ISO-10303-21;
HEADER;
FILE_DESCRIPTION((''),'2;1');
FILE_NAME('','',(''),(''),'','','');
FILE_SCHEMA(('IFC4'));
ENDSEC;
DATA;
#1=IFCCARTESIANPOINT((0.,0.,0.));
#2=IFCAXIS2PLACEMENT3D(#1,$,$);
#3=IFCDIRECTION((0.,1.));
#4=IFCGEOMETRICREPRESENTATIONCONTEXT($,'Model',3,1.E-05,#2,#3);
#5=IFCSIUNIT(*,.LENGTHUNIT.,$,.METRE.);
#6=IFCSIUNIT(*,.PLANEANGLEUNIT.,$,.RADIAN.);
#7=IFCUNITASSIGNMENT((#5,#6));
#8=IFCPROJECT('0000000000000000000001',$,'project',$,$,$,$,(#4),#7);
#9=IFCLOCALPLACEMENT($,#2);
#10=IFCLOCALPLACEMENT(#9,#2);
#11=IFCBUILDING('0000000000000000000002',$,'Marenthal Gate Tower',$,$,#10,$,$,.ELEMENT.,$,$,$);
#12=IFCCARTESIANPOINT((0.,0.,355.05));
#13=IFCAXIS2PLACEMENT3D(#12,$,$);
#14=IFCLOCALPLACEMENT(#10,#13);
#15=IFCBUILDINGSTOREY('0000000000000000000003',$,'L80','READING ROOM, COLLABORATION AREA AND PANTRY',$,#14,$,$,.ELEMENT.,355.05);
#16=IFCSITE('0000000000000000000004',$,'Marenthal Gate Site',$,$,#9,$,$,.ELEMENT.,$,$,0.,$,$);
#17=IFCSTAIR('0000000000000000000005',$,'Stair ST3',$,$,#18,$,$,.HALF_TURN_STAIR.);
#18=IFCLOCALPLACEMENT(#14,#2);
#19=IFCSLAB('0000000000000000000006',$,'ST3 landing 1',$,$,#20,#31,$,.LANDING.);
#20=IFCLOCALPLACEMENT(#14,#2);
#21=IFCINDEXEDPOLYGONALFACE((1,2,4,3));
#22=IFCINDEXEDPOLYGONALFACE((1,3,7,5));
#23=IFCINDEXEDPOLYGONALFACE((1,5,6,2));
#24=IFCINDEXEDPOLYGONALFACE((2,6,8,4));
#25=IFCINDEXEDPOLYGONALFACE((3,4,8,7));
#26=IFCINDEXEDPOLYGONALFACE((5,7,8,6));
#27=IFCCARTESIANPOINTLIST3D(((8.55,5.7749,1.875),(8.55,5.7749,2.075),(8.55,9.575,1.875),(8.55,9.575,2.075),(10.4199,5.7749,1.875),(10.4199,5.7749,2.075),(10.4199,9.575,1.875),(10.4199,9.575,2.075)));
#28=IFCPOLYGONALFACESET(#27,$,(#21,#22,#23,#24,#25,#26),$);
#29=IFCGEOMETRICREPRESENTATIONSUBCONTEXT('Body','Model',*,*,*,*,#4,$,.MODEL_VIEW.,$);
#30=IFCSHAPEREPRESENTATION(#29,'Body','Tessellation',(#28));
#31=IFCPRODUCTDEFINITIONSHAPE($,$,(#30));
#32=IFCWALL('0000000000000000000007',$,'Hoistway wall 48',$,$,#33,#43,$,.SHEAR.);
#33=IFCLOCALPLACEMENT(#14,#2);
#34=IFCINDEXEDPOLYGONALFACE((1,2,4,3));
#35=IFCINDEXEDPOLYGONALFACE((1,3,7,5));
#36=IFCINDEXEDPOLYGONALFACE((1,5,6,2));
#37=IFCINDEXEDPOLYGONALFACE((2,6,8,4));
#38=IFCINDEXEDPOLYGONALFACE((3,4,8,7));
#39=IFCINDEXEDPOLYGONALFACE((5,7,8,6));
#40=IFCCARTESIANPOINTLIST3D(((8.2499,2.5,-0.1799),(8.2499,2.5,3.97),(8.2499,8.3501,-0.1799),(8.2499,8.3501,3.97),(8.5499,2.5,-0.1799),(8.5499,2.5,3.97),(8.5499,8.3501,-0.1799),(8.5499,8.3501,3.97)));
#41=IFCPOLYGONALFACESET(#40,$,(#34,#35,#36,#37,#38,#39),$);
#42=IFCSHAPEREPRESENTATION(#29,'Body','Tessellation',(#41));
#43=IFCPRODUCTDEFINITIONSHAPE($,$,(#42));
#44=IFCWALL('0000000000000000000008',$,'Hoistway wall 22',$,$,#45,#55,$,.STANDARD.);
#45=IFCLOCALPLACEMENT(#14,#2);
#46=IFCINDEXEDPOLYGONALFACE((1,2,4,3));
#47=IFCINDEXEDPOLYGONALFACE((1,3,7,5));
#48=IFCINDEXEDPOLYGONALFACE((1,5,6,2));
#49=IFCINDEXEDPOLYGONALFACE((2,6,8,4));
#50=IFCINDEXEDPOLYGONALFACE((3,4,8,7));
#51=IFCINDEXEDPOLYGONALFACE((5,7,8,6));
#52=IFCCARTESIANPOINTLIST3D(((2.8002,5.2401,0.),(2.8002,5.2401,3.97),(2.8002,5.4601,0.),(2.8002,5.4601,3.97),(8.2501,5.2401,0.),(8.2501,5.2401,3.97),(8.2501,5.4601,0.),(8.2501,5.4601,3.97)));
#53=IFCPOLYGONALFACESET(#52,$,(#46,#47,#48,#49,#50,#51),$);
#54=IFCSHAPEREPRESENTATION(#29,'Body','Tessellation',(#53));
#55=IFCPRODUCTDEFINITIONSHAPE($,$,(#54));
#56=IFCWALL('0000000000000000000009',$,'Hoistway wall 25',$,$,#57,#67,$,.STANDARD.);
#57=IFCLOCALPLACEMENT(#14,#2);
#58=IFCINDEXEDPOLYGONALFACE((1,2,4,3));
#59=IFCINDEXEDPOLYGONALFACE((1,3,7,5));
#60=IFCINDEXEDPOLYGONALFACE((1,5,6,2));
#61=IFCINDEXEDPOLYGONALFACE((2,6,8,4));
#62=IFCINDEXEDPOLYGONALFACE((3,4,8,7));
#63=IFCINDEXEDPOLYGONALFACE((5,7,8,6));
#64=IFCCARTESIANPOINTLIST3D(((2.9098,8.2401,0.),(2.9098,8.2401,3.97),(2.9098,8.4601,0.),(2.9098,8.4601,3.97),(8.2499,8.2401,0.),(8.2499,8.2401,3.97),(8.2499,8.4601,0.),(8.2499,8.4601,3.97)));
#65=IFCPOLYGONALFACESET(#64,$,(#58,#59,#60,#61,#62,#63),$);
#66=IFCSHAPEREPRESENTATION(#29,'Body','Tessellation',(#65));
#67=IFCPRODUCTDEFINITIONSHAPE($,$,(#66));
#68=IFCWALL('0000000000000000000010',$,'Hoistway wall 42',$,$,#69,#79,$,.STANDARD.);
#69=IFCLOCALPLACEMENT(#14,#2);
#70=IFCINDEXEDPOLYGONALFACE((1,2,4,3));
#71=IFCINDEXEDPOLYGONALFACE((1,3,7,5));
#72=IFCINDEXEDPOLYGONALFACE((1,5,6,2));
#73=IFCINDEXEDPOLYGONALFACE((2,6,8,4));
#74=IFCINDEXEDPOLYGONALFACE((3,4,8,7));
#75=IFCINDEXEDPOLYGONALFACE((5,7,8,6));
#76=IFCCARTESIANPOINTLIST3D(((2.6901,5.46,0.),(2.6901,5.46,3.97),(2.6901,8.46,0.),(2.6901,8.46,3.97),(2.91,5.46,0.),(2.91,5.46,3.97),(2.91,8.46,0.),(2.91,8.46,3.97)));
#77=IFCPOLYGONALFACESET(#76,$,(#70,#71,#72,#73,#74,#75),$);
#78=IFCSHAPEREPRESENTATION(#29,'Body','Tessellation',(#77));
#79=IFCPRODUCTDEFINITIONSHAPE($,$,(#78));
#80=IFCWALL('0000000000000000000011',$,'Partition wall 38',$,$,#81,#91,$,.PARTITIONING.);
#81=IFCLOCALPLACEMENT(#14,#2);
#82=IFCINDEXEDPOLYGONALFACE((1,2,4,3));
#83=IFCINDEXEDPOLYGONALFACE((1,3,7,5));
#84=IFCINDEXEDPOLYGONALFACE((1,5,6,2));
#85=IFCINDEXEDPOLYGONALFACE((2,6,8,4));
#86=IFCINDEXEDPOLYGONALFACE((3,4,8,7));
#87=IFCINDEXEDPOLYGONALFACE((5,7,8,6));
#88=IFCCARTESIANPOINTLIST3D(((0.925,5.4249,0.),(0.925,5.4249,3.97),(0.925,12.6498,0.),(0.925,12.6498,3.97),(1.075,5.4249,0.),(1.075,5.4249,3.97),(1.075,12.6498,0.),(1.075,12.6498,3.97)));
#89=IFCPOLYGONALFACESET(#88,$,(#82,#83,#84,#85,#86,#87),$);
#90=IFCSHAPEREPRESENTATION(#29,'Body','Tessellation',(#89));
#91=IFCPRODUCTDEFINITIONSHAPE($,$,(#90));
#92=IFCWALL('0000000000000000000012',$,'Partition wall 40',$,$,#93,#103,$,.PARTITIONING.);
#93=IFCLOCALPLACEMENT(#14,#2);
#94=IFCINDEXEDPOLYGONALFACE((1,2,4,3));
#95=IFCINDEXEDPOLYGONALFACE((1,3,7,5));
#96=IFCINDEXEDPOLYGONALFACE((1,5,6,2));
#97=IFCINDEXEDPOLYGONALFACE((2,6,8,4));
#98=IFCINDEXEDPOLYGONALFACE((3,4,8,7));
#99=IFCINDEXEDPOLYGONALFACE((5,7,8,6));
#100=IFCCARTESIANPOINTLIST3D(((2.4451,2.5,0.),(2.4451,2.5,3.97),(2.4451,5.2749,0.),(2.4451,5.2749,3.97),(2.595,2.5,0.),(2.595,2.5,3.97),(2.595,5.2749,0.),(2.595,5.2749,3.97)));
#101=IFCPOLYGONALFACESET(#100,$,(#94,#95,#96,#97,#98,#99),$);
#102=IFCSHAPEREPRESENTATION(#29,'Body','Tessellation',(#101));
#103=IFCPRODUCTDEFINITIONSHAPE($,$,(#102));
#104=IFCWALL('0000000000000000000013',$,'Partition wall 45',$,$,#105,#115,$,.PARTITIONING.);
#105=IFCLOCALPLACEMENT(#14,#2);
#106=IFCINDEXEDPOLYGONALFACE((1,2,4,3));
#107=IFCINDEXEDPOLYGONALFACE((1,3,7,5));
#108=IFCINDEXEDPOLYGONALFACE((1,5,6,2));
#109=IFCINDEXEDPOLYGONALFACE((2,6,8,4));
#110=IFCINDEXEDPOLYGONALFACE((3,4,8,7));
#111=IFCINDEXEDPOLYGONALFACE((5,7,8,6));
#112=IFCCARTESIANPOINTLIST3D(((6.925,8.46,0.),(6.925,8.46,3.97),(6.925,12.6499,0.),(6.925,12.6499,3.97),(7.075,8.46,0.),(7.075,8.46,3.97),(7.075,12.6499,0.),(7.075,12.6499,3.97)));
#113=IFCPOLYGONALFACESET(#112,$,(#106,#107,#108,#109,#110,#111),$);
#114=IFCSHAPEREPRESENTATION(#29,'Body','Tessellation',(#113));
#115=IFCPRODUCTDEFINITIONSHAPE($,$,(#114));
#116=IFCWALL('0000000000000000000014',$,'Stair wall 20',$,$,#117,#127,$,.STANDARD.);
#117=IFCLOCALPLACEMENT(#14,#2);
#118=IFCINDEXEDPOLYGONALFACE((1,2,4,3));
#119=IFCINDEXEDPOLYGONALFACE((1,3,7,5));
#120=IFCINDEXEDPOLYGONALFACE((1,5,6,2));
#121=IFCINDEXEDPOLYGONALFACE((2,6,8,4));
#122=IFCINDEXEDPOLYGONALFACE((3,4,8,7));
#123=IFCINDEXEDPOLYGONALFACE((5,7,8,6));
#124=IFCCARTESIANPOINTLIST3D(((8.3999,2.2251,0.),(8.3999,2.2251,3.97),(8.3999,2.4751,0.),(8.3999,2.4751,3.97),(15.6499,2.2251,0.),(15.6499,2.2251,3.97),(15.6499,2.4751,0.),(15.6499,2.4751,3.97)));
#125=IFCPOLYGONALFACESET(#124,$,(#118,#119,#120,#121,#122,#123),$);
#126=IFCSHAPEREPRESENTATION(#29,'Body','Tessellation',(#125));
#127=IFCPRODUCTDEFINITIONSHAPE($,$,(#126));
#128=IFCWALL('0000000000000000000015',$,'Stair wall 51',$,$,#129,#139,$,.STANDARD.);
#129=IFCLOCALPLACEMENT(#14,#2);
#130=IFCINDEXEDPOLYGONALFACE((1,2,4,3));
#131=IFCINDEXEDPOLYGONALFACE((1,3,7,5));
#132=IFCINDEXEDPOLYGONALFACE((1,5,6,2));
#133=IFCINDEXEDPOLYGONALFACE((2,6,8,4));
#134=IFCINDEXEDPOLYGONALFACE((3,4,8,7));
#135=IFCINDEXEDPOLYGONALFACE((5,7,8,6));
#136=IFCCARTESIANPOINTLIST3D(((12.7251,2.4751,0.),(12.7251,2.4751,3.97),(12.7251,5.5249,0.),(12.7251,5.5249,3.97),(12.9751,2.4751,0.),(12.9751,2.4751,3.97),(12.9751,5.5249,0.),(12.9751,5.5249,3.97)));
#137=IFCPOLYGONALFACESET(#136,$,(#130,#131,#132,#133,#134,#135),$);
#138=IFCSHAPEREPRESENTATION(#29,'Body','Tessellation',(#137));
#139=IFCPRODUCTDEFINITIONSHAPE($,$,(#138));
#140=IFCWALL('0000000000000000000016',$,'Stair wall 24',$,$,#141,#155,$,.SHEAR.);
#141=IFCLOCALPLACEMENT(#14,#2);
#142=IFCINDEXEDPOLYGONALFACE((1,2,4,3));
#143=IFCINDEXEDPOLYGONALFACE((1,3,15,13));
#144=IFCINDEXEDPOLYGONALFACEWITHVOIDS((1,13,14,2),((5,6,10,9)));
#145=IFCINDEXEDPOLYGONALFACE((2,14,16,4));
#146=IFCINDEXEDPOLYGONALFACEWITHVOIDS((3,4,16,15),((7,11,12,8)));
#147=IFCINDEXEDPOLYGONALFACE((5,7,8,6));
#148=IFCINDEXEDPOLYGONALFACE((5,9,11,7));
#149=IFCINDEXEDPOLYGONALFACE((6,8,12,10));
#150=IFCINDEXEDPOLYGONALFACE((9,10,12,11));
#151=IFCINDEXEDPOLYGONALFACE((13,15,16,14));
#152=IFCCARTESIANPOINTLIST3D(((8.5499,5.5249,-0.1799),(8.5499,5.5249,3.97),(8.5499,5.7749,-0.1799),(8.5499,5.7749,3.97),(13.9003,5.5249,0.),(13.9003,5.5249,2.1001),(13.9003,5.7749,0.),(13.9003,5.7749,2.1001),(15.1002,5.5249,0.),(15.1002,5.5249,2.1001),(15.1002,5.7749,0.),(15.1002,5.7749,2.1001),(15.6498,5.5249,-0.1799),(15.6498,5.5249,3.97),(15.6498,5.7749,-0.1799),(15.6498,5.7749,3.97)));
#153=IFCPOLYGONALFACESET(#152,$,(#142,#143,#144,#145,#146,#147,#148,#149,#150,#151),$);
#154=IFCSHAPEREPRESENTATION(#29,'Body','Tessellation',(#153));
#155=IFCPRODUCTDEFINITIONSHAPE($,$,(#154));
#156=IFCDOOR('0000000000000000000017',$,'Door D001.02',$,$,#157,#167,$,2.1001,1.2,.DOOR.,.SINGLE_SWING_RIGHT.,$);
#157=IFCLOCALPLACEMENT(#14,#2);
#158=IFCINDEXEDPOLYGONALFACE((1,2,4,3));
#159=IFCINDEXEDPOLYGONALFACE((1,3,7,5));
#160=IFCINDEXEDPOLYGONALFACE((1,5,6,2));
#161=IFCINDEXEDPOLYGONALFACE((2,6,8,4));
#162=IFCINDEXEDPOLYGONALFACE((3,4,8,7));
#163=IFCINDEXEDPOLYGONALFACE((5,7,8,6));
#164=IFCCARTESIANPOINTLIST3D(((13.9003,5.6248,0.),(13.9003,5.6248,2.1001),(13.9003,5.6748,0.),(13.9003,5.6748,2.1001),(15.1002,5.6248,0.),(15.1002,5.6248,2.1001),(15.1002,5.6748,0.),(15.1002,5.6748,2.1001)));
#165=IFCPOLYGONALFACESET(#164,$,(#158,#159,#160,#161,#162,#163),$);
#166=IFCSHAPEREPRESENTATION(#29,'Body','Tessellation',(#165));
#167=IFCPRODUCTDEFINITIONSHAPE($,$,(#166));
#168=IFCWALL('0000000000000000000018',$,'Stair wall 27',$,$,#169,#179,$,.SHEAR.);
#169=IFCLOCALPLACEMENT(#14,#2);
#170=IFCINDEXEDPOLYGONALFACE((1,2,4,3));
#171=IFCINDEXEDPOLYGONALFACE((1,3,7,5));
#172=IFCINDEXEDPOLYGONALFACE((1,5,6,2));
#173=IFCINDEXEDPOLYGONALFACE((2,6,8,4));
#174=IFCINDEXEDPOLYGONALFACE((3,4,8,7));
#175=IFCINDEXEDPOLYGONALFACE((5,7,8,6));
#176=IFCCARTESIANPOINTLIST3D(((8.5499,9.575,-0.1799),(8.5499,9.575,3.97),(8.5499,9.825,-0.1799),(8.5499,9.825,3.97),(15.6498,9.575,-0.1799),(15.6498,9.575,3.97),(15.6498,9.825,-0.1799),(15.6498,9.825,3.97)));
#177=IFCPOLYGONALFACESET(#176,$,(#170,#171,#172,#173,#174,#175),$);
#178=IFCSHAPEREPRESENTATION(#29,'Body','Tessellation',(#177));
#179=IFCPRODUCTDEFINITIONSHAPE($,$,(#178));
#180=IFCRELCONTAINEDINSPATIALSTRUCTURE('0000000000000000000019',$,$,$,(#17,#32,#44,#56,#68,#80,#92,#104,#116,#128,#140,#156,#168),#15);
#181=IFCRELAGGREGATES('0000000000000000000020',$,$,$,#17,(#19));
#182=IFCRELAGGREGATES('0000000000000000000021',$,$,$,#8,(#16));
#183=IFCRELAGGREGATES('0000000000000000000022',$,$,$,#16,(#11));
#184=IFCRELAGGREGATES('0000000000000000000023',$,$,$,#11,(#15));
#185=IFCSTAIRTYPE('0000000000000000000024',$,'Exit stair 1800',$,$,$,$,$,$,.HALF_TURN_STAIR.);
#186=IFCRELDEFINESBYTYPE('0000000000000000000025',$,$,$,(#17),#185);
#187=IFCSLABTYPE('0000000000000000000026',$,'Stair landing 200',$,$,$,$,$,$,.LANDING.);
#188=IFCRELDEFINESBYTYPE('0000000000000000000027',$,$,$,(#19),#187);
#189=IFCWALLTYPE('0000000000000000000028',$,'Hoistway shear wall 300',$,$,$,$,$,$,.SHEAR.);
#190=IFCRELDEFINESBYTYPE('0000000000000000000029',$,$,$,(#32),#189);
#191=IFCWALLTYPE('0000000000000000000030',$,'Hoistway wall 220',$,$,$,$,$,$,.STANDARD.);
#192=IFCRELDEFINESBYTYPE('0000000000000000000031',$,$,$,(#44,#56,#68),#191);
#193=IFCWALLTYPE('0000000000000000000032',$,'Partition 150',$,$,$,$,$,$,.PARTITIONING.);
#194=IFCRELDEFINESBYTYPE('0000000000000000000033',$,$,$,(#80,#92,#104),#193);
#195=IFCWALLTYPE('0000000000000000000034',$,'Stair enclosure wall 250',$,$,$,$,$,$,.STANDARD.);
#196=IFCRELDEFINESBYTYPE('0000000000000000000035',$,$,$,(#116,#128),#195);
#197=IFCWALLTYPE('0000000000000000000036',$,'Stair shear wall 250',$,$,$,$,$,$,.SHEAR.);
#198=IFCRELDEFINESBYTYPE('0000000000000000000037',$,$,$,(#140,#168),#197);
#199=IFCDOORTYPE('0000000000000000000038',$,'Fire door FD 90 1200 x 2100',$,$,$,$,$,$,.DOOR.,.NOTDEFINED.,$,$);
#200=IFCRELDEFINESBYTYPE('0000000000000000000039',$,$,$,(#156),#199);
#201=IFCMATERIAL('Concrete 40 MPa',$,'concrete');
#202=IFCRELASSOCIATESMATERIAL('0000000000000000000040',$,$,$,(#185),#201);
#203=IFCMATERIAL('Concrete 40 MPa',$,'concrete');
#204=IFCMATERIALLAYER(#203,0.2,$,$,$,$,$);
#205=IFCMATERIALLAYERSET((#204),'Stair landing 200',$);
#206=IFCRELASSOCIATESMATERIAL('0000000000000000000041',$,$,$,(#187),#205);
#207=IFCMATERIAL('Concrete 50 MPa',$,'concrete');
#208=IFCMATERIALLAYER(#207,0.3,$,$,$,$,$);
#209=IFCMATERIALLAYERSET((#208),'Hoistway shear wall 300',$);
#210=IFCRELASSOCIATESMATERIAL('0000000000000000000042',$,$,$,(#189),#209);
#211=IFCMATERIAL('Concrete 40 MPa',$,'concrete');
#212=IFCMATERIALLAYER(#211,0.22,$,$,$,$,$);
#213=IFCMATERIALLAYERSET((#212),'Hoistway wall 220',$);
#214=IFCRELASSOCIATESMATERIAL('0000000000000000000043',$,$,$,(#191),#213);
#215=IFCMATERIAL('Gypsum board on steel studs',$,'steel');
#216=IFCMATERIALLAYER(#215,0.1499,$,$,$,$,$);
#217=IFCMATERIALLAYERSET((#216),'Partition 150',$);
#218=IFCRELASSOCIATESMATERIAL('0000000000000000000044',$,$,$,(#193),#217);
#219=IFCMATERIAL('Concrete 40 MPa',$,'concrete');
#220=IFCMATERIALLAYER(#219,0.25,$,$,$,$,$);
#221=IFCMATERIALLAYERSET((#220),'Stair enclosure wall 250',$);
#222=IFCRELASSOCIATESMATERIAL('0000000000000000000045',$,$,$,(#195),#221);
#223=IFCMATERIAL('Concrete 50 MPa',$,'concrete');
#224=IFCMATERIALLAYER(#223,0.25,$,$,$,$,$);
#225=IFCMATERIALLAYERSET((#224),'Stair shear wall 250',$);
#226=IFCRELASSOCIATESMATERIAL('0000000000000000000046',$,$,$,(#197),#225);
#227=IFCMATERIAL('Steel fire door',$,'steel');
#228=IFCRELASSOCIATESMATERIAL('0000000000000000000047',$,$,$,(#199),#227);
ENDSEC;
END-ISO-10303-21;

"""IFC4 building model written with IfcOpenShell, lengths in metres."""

from ifc_helpers import new_model, si_unit, direction, frame, frame_2d, origin, place, context, subcontext, project, spatial, polyline, rectangle, outline, extrude, material, layer, layer_set, type_object, element, fill, aggregate, save


model = new_model("IFC4")

# Units and contexts
model_context = context("Model", 3, precision=1e-05, world=origin(), true_north=direction((0.0, 1.0)))
body_context = subcontext(model_context, "Body", "Model", "MODEL_VIEW")
ifc_project = project(units=[si_unit("LENGTHUNIT", "METRE"), si_unit("PLANEANGLEUNIT", "RADIAN")], contexts=[model_context])

# Site, building, storey
site_placement = place(None, origin())
site = spatial("IfcSite", under=ifc_project, at=site_placement, Name="Marenthal Gate Site", CompositionType="ELEMENT", RefElevation=0.0)
building_placement = place(site_placement, origin())
building = spatial("IfcBuilding", under=site, at=building_placement, Name="Marenthal Gate Tower", CompositionType="ELEMENT")
storey_placement = place(building_placement, frame((0.0, 0.0, 355.05)))
storey = spatial("IfcBuildingStorey", under=building, at=storey_placement, Name="L80", Description="READING ROOM, COLLABORATION AREA AND PANTRY", CompositionType="ELEMENT", Elevation=355.05)

# Stair, slab
ifc_material_1 = material(Name="Concrete 40 MPa", Category="concrete")
stair_type = type_object("IfcStairType", Name="Exit stair 1800", PredefinedType="HALF_TURN_STAIR", material=ifc_material_1)
stair_placement = place(storey_placement, origin())
stair = element("IfcStair", 1, at=stair_placement, inside=storey, type_object=stair_type, Name="Stair ST3", PredefinedType="HALF_TURN_STAIR")
ifc_material_2 = material(Name="Concrete 40 MPa", Category="concrete")
ifc_layer_1 = layer(ifc_material_2, 0.2)
ifc_layer_set_1 = layer_set([ifc_layer_1], Name="Stair landing 200")
slab_type = type_object("IfcSlabType", Name="Stair landing 200", PredefinedType="LANDING", material=ifc_layer_set_1)
slab_placement = place(storey_placement, frame((0.0, 0.0, 1.875)))
slab = element("IfcSlab", 2, at=slab_placement, type_object=slab_type, Name="ST3 landing 1", PredefinedType="LANDING", context=body_context, shape_type="SweptSolid", body=[
    extrude(outline(polyline([(8.55, 5.7749), (10.4199, 5.7749), (10.4199, 9.575), (8.55, 9.575), (8.55, 5.7749)])), origin(), (0.0, 0.0, 1.0), 0.2),
])

# Walls
ifc_material_3 = material(Name="Concrete 50 MPa", Category="concrete")
ifc_layer_2 = layer(ifc_material_3, 0.3)
ifc_layer_set_2 = layer_set([ifc_layer_2], Name="Hoistway shear wall 300")
wall_type_1 = type_object("IfcWallType", Name="Hoistway shear wall 300", PredefinedType="SHEAR", material=ifc_layer_set_2)
wall_1_placement = place(storey_placement, frame((8.3999, 2.5, -0.1799), z_axis=(0.0, 0.0, 1.0), x_axis=(0.0, 1.0, 0.0)))
element("IfcWall", 3, at=wall_1_placement, inside=storey, type_object=wall_type_1, Name="Hoistway wall 48", PredefinedType="SHEAR", context=body_context, shape_type="SweptSolid", body=[
    extrude(rectangle(XDim=5.8501, YDim=0.3, at=frame_2d((2.925, 0.0))), origin(), (0.0, 0.0, 1.0), 4.1499),
])
ifc_material_4 = material(Name="Concrete 40 MPa", Category="concrete")
ifc_layer_3 = layer(ifc_material_4, 0.22)
ifc_layer_set_3 = layer_set([ifc_layer_3], Name="Hoistway wall 220")
wall_type_2 = type_object("IfcWallType", Name="Hoistway wall 220", PredefinedType="STANDARD", material=ifc_layer_set_3)
wall_2_placement = place(storey_placement, frame((2.8, 5.3501, 0.0), z_axis=(0.0, 0.0, 1.0), x_axis=(1.0, 0.0, 0.0)))
element("IfcWall", 4, at=wall_2_placement, inside=storey, type_object=wall_type_2, Name="Hoistway wall 22", PredefinedType="STANDARD", context=body_context, shape_type="SweptSolid", body=[
    extrude(rectangle(XDim=5.45, YDim=0.22, at=frame_2d((2.7251, 0.0))), origin(), (0.0, 0.0, 1.0), 3.97),
])
wall_3_placement = place(storey_placement, frame((2.9099, 8.3501, 0.0), z_axis=(0.0, 0.0, 1.0), x_axis=(1.0, 0.0, 0.0)))
element("IfcWall", 5, at=wall_3_placement, inside=storey, type_object=wall_type_2, Name="Hoistway wall 25", PredefinedType="STANDARD", context=body_context, shape_type="SweptSolid", body=[
    extrude(rectangle(XDim=5.3401, YDim=0.22, at=frame_2d((2.6699, 0.0))), origin(), (0.0, 0.0, 1.0), 3.97),
])
wall_4_placement = place(storey_placement, frame((2.8, 5.46, 0.0), z_axis=(0.0, 0.0, 1.0), x_axis=(0.0, 1.0, 0.0)))
element("IfcWall", 6, at=wall_4_placement, inside=storey, type_object=wall_type_2, Name="Hoistway wall 42", PredefinedType="STANDARD", context=body_context, shape_type="SweptSolid", body=[
    extrude(rectangle(XDim=3.0, YDim=0.22, at=frame_2d((1.5, 0.0))), origin(), (0.0, 0.0, 1.0), 3.97),
])
ifc_material_5 = material(Name="Gypsum board on steel studs", Category="steel")
ifc_layer_4 = layer(ifc_material_5, 0.1499)
ifc_layer_set_4 = layer_set([ifc_layer_4], Name="Partition 150")
wall_type_3 = type_object("IfcWallType", Name="Partition 150", PredefinedType="PARTITIONING", material=ifc_layer_set_4)
wall_5_placement = place(storey_placement, frame((1.0, 5.425, 0.0), z_axis=(0.0, 0.0, 1.0), x_axis=(0.0, 1.0, 0.0)))
element("IfcWall", 7, at=wall_5_placement, inside=storey, type_object=wall_type_3, Name="Partition wall 38", PredefinedType="PARTITIONING", context=body_context, shape_type="SweptSolid", body=[
    extrude(rectangle(XDim=7.2249, YDim=0.1499, at=frame_2d((3.6123, 0.0))), origin(), (0.0, 0.0, 1.0), 3.97),
])
wall_6_placement = place(storey_placement, frame((2.52, 2.5, 0.0), z_axis=(0.0, 0.0, 1.0), x_axis=(0.0, 1.0, 0.0)))
element("IfcWall", 8, at=wall_6_placement, inside=storey, type_object=wall_type_3, Name="Partition wall 40", PredefinedType="PARTITIONING", context=body_context, shape_type="SweptSolid", body=[
    extrude(rectangle(XDim=2.7749, YDim=0.1499, at=frame_2d((1.3875, 0.0))), origin(), (0.0, 0.0, 1.0), 3.97),
])
wall_7_placement = place(storey_placement, frame((7.0, 8.46, 0.0), z_axis=(0.0, 0.0, 1.0), x_axis=(0.0, 1.0, 0.0)))
element("IfcWall", 9, at=wall_7_placement, inside=storey, type_object=wall_type_3, Name="Partition wall 45", PredefinedType="PARTITIONING", context=body_context, shape_type="SweptSolid", body=[
    extrude(rectangle(XDim=4.1899, YDim=0.1499, at=frame_2d((2.095, 0.0))), origin(), (0.0, 0.0, 1.0), 3.97),
])
ifc_material_6 = material(Name="Concrete 40 MPa", Category="concrete")
ifc_layer_5 = layer(ifc_material_6, 0.25)
ifc_layer_set_5 = layer_set([ifc_layer_5], Name="Stair enclosure wall 250")
wall_type_4 = type_object("IfcWallType", Name="Stair enclosure wall 250", PredefinedType="STANDARD", material=ifc_layer_set_5)
wall_8_placement = place(storey_placement, frame((8.3999, 2.3501, 0.0), z_axis=(0.0, 0.0, 1.0), x_axis=(1.0, 0.0, 0.0)))
element("IfcWall", 10, at=wall_8_placement, inside=storey, type_object=wall_type_4, Name="Stair wall 20", PredefinedType="STANDARD", context=body_context, shape_type="SweptSolid", body=[
    extrude(rectangle(XDim=7.25, YDim=0.25, at=frame_2d((3.625, 0.0))), origin(), (0.0, 0.0, 1.0), 3.97),
])
wall_9_placement = place(storey_placement, frame((12.8501, 2.4751, 0.0), z_axis=(0.0, 0.0, 1.0), x_axis=(0.0, 1.0, 0.0)))
element("IfcWall", 11, at=wall_9_placement, inside=storey, type_object=wall_type_4, Name="Stair wall 51", PredefinedType="STANDARD", context=body_context, shape_type="SweptSolid", body=[
    extrude(rectangle(XDim=3.0498, YDim=0.25, at=frame_2d((1.5249, 0.0))), origin(), (0.0, 0.0, 1.0), 3.97),
])

# Wall, opening, door
ifc_material_7 = material(Name="Concrete 50 MPa", Category="concrete")
ifc_layer_6 = layer(ifc_material_7, 0.25)
ifc_layer_set_6 = layer_set([ifc_layer_6], Name="Stair shear wall 250")
wall_type_5 = type_object("IfcWallType", Name="Stair shear wall 250", PredefinedType="SHEAR", material=ifc_layer_set_6)
wall_10_placement = place(storey_placement, frame((8.55, 5.6499, -0.1799), z_axis=(0.0, 0.0, 1.0), x_axis=(1.0, 0.0, 0.0)))
wall_10 = element("IfcWall", 12, at=wall_10_placement, inside=storey, type_object=wall_type_5, Name="Stair wall 24", PredefinedType="SHEAR", context=body_context, shape_type="SweptSolid", body=[
    extrude(rectangle(XDim=7.0999, YDim=0.25, at=frame_2d((3.5498, 0.0))), origin(), (0.0, 0.0, 1.0), 4.1499),
])
opening_placement = place(wall_10_placement, frame((5.3501, 0.0, 0.1799)))
opening = element("IfcOpeningElement", 13, at=opening_placement, cuts=wall_10, PredefinedType="OPENING", context=body_context, shape_type="SweptSolid", body=[
    extrude(rectangle(XDim=1.2, YDim=2.1001, at=frame_2d((0.6001, 1.05))), frame((0.0, 0.135, 0.0), z_axis=(0.0, -1.0, 0.0), x_axis=(1.0, 0.0, 0.0)), (0.0, 0.0, 1.0), 0.27),
])
ifc_material_8 = material(Name="Steel fire door", Category="steel")
door_type = type_object("IfcDoorType", Name="Fire door FD 90 1200 x 2100", OperationType="NOTDEFINED", PredefinedType="DOOR", material=ifc_material_8)
door_placement = place(opening_placement, origin())
door = element("IfcDoor", 14, at=door_placement, inside=storey, type_object=door_type, Name="Door D001.02", OperationType="SINGLE_SWING_RIGHT", OverallHeight=2.1001, OverallWidth=1.2, PredefinedType="DOOR", context=body_context, shape_type="SweptSolid", body=[
    extrude(rectangle(XDim=1.2, YDim=2.1001, at=frame_2d((0.6001, 1.05))), frame((0.0, 0.0249, 0.0), z_axis=(0.0, -1.0, 0.0), x_axis=(1.0, 0.0, 0.0)), (0.0, 0.0, 1.0), 0.05),
])
fill(opening, door)

# Wall
wall_11_placement = place(storey_placement, frame((8.55, 9.7, -0.1799), z_axis=(0.0, 0.0, 1.0), x_axis=(1.0, 0.0, 0.0)))
element("IfcWall", 15, at=wall_11_placement, inside=storey, type_object=wall_type_5, Name="Stair wall 27", PredefinedType="SHEAR", context=body_context, shape_type="SweptSolid", body=[
    extrude(rectangle(XDim=7.0999, YDim=0.25, at=frame_2d((3.5498, 0.0))), origin(), (0.0, 0.0, 1.0), 4.1499),
])

aggregate(stair, [slab])

save(model, "model.ifc")
